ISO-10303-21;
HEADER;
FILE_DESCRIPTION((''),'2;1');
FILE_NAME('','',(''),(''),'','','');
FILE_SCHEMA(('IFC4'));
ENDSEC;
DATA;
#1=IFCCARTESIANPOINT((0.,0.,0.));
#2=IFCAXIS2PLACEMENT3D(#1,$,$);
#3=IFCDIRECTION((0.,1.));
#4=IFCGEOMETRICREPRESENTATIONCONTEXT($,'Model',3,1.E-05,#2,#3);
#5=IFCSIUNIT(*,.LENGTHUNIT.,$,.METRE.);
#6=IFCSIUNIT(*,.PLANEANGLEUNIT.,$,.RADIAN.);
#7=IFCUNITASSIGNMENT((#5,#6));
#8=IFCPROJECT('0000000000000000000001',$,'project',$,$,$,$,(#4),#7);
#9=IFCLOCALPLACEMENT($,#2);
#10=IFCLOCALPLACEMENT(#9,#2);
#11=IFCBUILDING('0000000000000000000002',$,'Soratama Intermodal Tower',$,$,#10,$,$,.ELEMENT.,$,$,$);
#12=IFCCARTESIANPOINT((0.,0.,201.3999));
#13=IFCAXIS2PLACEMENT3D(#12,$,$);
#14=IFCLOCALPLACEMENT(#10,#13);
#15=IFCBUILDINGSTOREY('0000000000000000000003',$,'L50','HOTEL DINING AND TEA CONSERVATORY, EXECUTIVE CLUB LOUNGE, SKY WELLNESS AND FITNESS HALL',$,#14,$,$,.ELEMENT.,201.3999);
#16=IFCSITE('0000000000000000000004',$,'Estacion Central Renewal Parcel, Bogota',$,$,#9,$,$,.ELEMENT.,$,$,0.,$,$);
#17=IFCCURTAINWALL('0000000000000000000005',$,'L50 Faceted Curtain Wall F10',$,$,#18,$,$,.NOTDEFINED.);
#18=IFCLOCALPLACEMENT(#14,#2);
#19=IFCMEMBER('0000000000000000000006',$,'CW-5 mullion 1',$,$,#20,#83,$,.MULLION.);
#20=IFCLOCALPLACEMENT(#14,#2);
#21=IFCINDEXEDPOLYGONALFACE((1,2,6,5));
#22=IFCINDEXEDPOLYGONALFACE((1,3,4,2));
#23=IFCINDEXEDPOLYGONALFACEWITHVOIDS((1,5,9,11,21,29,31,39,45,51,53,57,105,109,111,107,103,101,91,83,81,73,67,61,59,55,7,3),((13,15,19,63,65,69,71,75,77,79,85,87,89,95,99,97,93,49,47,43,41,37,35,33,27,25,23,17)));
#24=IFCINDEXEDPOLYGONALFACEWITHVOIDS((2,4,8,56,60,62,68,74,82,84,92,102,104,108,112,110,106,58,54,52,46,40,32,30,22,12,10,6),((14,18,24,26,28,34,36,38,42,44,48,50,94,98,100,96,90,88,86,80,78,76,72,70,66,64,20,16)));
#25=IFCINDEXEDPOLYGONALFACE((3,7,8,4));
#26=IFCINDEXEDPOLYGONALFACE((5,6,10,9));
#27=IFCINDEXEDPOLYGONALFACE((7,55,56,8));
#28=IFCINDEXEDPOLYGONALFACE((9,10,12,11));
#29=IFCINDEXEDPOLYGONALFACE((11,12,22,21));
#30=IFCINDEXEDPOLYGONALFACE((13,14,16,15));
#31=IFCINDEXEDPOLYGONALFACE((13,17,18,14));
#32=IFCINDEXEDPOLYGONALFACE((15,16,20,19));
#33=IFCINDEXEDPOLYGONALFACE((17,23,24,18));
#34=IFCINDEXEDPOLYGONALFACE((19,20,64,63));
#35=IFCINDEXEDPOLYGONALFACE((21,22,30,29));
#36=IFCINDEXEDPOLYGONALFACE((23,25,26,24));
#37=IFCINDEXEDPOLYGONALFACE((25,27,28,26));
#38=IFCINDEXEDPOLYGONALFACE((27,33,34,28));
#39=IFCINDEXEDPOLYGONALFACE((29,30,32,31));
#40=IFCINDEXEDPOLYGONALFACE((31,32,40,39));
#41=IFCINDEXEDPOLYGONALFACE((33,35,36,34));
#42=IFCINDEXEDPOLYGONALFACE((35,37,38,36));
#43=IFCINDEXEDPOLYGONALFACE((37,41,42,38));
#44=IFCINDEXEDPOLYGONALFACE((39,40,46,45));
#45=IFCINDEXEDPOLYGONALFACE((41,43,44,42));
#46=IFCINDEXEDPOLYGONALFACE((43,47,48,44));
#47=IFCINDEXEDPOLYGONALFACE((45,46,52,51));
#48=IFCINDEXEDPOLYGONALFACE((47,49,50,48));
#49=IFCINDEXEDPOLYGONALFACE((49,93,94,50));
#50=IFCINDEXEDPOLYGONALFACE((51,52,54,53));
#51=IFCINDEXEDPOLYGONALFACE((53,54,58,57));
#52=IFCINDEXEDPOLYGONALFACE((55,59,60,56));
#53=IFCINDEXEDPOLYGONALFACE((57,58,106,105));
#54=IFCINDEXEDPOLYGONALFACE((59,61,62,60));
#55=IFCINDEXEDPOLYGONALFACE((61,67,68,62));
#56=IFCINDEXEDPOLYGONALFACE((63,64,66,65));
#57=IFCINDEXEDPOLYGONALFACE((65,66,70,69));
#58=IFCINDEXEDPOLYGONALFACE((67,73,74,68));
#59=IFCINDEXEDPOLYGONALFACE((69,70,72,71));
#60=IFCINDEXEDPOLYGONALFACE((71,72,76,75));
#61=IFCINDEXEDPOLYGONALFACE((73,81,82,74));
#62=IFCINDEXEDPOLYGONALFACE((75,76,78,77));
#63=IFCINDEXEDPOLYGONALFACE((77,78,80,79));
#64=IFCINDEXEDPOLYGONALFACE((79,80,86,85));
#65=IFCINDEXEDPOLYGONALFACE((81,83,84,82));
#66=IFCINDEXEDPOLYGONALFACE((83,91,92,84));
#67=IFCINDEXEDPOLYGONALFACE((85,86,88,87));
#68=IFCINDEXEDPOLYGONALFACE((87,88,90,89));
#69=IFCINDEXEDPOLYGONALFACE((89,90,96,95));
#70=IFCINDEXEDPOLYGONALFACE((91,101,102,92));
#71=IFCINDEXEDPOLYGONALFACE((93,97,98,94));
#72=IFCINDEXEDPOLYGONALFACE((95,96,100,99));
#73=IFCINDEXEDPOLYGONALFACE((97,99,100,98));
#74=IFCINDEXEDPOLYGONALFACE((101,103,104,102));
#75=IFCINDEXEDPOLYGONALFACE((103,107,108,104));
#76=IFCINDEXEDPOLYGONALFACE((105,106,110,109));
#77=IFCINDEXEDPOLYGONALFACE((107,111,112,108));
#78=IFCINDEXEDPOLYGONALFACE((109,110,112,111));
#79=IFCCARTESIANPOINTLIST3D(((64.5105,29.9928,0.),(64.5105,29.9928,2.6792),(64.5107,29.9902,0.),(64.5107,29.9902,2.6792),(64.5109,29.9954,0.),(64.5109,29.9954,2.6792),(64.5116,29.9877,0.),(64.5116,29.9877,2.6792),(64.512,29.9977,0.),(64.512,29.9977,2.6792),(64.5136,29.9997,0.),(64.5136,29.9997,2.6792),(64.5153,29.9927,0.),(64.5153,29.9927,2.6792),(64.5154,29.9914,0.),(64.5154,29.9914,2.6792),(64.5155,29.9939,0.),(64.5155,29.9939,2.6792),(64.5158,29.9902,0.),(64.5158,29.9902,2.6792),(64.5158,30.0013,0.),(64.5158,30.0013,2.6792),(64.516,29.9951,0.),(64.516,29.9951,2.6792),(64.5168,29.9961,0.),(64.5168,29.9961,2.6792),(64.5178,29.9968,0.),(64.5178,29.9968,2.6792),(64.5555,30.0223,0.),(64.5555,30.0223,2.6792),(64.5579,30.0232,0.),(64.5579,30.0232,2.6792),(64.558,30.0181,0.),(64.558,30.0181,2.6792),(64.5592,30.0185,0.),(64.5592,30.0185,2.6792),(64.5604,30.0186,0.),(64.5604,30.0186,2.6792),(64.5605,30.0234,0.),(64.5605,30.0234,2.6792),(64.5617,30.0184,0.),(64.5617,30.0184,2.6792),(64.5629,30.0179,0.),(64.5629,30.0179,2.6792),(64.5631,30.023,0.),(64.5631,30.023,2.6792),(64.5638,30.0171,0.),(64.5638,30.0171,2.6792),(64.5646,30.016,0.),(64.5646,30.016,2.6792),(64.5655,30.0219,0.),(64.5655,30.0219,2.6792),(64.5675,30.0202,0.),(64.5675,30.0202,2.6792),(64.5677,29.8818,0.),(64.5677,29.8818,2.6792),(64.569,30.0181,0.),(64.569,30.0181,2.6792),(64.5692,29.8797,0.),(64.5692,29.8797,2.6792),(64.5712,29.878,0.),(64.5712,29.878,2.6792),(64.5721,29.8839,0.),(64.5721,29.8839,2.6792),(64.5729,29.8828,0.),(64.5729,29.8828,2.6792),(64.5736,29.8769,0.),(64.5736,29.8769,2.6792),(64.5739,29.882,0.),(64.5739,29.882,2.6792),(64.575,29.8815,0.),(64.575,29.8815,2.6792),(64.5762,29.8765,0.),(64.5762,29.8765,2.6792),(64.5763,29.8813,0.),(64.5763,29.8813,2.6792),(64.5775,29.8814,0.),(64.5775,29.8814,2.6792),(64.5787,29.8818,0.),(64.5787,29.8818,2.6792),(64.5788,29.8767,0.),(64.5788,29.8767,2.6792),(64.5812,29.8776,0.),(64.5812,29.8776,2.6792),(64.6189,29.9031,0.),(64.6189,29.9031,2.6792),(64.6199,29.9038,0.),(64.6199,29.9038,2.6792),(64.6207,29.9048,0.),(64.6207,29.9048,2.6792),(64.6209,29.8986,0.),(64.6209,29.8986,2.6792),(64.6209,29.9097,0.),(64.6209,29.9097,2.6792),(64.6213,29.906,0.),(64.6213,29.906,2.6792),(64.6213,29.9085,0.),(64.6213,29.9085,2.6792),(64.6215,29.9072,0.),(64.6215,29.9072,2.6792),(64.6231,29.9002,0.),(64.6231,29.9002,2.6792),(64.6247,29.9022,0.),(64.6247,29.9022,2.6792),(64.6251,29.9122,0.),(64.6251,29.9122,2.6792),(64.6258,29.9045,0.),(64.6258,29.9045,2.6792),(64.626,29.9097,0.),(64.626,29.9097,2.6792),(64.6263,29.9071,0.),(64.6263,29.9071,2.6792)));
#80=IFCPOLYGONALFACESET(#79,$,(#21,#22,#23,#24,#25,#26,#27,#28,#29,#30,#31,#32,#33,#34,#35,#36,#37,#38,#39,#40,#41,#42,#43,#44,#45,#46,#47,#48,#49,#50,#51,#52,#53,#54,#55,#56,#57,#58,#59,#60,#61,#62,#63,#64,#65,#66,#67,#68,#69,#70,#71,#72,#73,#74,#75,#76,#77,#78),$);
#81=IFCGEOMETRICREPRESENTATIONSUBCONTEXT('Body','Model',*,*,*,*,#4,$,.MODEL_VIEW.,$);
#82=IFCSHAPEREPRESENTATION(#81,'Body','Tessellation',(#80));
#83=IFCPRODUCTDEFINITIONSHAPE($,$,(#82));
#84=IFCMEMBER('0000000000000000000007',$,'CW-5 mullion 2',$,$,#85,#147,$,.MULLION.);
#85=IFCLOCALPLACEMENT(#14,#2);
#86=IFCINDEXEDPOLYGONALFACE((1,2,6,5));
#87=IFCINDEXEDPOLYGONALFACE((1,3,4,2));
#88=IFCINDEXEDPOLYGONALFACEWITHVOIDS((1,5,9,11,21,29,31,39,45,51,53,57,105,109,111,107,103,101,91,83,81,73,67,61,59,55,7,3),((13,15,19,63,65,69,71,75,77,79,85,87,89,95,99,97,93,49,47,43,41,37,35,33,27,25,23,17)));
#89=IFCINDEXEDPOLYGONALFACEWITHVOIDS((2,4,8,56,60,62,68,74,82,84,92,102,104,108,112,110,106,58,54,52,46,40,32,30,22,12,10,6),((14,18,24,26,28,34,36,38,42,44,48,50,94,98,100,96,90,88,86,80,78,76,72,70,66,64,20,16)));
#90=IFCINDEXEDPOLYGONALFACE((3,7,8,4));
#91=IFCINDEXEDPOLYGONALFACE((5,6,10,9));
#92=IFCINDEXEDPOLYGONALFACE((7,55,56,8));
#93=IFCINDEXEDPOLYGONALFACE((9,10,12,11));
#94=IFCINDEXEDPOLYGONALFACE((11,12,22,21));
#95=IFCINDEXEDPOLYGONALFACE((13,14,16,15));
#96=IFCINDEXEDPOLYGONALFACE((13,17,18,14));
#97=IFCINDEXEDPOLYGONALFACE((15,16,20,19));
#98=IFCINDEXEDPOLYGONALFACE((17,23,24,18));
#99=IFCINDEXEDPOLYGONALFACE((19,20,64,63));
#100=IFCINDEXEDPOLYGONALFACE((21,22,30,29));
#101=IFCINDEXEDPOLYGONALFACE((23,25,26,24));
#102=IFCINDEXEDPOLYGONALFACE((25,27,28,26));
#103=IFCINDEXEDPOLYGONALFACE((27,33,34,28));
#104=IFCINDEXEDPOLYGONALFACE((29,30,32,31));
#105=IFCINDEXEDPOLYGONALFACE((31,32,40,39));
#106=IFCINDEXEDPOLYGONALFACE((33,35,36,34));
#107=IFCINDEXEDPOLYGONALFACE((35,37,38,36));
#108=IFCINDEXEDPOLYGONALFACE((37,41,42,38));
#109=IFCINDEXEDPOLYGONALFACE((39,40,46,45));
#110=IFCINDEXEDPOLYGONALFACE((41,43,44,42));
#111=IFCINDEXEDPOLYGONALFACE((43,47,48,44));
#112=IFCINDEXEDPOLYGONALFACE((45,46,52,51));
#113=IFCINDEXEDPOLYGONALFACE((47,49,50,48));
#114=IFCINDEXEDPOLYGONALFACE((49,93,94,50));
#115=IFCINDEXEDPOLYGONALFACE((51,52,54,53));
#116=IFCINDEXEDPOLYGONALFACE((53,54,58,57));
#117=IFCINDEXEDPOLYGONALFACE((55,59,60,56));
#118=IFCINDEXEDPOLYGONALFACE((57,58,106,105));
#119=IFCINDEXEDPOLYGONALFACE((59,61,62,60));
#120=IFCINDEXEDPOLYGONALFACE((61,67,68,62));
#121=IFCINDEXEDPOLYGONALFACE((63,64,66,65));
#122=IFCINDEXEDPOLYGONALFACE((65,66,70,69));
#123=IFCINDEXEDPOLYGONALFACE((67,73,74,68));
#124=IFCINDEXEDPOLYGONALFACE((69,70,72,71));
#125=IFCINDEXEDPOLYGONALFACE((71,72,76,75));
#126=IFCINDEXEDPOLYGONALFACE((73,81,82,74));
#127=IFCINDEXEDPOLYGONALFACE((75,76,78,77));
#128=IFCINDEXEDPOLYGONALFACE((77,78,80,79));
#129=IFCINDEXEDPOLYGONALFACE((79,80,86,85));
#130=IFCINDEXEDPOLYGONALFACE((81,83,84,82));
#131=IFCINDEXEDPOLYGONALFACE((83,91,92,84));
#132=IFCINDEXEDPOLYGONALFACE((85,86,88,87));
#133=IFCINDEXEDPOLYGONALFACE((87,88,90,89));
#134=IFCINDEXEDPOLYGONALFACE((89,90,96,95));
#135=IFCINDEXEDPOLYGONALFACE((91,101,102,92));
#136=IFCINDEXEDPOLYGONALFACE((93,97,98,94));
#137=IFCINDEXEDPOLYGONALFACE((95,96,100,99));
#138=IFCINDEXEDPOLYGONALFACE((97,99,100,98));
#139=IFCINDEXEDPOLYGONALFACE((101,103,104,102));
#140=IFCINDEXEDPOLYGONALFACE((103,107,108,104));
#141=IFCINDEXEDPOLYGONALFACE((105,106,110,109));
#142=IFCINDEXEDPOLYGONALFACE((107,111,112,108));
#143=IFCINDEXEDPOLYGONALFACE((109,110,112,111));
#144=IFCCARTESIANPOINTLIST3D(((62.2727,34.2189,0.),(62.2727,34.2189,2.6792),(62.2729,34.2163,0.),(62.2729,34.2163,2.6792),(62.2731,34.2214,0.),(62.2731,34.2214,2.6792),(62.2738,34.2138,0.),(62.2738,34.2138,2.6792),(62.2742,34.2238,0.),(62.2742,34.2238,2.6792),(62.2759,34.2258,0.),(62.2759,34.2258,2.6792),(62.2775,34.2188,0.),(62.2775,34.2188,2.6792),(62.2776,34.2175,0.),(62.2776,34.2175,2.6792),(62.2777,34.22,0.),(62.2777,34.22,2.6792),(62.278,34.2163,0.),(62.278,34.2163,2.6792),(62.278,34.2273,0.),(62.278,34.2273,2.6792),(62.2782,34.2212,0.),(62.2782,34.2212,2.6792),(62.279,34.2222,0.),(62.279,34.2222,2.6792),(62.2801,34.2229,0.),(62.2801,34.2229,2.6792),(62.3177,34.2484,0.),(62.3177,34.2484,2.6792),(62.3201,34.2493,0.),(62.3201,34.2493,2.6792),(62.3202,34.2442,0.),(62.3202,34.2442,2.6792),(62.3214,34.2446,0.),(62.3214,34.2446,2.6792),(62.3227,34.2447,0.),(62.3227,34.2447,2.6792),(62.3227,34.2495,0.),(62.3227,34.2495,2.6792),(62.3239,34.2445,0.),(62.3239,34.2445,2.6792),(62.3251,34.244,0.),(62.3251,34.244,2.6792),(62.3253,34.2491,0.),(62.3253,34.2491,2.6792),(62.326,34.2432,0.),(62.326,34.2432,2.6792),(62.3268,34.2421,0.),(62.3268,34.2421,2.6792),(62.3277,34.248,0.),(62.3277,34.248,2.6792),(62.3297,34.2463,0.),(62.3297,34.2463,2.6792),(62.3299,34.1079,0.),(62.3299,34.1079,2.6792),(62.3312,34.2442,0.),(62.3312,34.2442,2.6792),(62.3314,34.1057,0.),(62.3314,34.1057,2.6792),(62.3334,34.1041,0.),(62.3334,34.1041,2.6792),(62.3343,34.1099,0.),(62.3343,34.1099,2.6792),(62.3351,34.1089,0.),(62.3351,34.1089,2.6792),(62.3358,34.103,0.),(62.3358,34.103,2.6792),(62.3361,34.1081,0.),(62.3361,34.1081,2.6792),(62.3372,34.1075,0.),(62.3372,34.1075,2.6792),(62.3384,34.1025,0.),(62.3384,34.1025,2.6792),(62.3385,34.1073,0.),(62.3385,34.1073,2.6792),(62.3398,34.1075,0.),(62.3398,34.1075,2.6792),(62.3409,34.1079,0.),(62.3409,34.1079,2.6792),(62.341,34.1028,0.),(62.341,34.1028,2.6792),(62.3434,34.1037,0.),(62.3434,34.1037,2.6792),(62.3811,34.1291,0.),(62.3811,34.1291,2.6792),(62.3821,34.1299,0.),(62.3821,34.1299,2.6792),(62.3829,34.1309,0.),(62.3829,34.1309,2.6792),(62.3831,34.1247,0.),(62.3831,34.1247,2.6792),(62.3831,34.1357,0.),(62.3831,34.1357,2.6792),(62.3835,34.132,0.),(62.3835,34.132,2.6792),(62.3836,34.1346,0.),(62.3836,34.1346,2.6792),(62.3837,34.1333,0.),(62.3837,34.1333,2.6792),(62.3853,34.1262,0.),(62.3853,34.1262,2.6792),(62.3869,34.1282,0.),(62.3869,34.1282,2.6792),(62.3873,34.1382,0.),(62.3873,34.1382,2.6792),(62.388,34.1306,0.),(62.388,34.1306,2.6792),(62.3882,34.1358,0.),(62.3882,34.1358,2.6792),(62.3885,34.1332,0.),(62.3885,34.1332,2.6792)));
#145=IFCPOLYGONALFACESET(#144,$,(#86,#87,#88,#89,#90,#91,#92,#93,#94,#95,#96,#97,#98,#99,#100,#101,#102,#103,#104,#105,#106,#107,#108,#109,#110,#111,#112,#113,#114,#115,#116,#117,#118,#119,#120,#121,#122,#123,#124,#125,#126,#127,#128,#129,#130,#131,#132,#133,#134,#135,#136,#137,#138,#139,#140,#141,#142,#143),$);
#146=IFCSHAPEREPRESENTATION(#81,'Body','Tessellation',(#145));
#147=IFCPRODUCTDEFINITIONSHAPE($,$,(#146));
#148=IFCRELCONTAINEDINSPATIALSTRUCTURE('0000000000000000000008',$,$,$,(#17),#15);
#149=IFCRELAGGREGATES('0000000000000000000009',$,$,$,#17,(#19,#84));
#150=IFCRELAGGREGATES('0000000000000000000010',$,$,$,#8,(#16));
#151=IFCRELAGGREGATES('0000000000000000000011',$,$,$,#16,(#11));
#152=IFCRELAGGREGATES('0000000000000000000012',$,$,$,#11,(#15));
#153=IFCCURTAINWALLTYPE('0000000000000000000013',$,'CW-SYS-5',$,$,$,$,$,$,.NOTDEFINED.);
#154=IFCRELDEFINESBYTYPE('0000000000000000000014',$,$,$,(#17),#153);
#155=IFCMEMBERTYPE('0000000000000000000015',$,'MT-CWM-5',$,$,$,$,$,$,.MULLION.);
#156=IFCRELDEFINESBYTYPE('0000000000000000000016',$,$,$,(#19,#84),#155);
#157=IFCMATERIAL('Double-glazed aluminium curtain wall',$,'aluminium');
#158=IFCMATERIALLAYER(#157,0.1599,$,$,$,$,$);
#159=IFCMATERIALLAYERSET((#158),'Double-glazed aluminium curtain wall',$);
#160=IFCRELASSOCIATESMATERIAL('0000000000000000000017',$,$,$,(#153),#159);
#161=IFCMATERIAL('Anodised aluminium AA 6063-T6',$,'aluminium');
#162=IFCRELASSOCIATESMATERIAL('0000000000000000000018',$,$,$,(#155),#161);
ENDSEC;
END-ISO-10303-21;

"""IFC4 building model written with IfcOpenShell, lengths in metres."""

from ifc_helpers import new_model, si_unit, direction, frame, origin, origin_2d, place, context, subcontext, project, spatial, hollow_rectangle, extrude, material, layer, layer_set, material_profile, profile_set, type_object, element, aggregate, save


model = new_model("IFC4")

# Units and contexts
model_context = context("Model", 3, precision=1e-05, world=origin(), true_north=direction((0.0, 1.0)))
body_context = subcontext(model_context, "Body", "Model", "MODEL_VIEW")
ifc_project = project(units=[si_unit("LENGTHUNIT", "METRE"), si_unit("PLANEANGLEUNIT", "RADIAN")], contexts=[model_context])

# Site, building, storey
site_placement = place(None, origin())
site = spatial("IfcSite", under=ifc_project, at=site_placement, Name="Estacion Central Renewal Parcel, Bogota", CompositionType="ELEMENT", RefElevation=0.0)
building_placement = place(site_placement, origin())
building = spatial("IfcBuilding", under=site, at=building_placement, Name="Soratama Intermodal Tower", CompositionType="ELEMENT")
storey_placement = place(building_placement, frame((0.0, 0.0, 201.3999)))
storey = spatial("IfcBuildingStorey", under=building, at=storey_placement, Name="L50", Description="HOTEL DINING AND TEA CONSERVATORY, EXECUTIVE CLUB LOUNGE, SKY WELLNESS AND FITNESS HALL", CompositionType="ELEMENT", Elevation=201.3999)

# Curtain wall, members
ifc_material_1 = material(Name="Double-glazed aluminium curtain wall", Category="aluminium")
ifc_layer_1 = layer(ifc_material_1, 0.1599)
ifc_layer_set_1 = layer_set([ifc_layer_1], Name="Double-glazed aluminium curtain wall")
curtain_wall_type = type_object("IfcCurtainWallType", Name="CW-SYS-5", PredefinedType="NOTDEFINED", material=ifc_layer_set_1)
curtain_wall_placement = place(storey_placement, origin())
curtain_wall = element("IfcCurtainWall", 1, at=curtain_wall_placement, inside=storey, type_object=curtain_wall_type, Name="L50 Faceted Curtain Wall F10", PredefinedType="NOTDEFINED")
ifc_material_2 = material(Name="Anodised aluminium AA 6063-T6", Category="aluminium")
ifc_material_profile_1 = material_profile(ifc_material_2, hollow_rectangle(XDim=0.0649, YDim=0.1399, WallThickness=0.0049, InnerFilletRadius=0.0049, OuterFilletRadius=0.01, at=origin_2d()), Name="CWM140X65X5")
ifc_profile_set_1 = profile_set([ifc_material_profile_1], Name="Anodised aluminium AA 6063-T6")
member_type_1 = type_object("IfcMemberType", Name="MT-CWM-5", PredefinedType="MULLION", material=ifc_profile_set_1)
member_1_placement = place(storey_placement, frame((64.5684, 29.95, 0.0), z_axis=(0.0, 0.0, 1.0), x_axis=(-0.883765, -0.467932, 0.0)))
member_1 = element("IfcMember", 2, at=member_1_placement, type_object=member_type_1, Name="CW-5 mullion 1", PredefinedType="MULLION", context=body_context, shape_type="SweptSolid", body=[
    extrude(hollow_rectangle(XDim=0.0649, YDim=0.1399, WallThickness=0.0049, InnerFilletRadius=0.0049, OuterFilletRadius=0.01, at=origin_2d()), origin(), (0.0, 0.0, 1.0), 2.6792),
])
member_2_placement = place(storey_placement, frame((62.3306, 34.176, 0.0), z_axis=(0.0, 0.0, 1.0), x_axis=(-0.883765, -0.467932, 0.0)))
member_2 = element("IfcMember", 3, at=member_2_placement, type_object=member_type_1, Name="CW-5 mullion 2", PredefinedType="MULLION", context=body_context, shape_type="SweptSolid", body=[
    extrude(hollow_rectangle(XDim=0.0649, YDim=0.1399, WallThickness=0.0049, InnerFilletRadius=0.0049, OuterFilletRadius=0.01, at=origin_2d()), origin(), (0.0, 0.0, 1.0), 2.6792),
])
aggregate(curtain_wall, [member_1, member_2])

save(model, "model.ifc")
